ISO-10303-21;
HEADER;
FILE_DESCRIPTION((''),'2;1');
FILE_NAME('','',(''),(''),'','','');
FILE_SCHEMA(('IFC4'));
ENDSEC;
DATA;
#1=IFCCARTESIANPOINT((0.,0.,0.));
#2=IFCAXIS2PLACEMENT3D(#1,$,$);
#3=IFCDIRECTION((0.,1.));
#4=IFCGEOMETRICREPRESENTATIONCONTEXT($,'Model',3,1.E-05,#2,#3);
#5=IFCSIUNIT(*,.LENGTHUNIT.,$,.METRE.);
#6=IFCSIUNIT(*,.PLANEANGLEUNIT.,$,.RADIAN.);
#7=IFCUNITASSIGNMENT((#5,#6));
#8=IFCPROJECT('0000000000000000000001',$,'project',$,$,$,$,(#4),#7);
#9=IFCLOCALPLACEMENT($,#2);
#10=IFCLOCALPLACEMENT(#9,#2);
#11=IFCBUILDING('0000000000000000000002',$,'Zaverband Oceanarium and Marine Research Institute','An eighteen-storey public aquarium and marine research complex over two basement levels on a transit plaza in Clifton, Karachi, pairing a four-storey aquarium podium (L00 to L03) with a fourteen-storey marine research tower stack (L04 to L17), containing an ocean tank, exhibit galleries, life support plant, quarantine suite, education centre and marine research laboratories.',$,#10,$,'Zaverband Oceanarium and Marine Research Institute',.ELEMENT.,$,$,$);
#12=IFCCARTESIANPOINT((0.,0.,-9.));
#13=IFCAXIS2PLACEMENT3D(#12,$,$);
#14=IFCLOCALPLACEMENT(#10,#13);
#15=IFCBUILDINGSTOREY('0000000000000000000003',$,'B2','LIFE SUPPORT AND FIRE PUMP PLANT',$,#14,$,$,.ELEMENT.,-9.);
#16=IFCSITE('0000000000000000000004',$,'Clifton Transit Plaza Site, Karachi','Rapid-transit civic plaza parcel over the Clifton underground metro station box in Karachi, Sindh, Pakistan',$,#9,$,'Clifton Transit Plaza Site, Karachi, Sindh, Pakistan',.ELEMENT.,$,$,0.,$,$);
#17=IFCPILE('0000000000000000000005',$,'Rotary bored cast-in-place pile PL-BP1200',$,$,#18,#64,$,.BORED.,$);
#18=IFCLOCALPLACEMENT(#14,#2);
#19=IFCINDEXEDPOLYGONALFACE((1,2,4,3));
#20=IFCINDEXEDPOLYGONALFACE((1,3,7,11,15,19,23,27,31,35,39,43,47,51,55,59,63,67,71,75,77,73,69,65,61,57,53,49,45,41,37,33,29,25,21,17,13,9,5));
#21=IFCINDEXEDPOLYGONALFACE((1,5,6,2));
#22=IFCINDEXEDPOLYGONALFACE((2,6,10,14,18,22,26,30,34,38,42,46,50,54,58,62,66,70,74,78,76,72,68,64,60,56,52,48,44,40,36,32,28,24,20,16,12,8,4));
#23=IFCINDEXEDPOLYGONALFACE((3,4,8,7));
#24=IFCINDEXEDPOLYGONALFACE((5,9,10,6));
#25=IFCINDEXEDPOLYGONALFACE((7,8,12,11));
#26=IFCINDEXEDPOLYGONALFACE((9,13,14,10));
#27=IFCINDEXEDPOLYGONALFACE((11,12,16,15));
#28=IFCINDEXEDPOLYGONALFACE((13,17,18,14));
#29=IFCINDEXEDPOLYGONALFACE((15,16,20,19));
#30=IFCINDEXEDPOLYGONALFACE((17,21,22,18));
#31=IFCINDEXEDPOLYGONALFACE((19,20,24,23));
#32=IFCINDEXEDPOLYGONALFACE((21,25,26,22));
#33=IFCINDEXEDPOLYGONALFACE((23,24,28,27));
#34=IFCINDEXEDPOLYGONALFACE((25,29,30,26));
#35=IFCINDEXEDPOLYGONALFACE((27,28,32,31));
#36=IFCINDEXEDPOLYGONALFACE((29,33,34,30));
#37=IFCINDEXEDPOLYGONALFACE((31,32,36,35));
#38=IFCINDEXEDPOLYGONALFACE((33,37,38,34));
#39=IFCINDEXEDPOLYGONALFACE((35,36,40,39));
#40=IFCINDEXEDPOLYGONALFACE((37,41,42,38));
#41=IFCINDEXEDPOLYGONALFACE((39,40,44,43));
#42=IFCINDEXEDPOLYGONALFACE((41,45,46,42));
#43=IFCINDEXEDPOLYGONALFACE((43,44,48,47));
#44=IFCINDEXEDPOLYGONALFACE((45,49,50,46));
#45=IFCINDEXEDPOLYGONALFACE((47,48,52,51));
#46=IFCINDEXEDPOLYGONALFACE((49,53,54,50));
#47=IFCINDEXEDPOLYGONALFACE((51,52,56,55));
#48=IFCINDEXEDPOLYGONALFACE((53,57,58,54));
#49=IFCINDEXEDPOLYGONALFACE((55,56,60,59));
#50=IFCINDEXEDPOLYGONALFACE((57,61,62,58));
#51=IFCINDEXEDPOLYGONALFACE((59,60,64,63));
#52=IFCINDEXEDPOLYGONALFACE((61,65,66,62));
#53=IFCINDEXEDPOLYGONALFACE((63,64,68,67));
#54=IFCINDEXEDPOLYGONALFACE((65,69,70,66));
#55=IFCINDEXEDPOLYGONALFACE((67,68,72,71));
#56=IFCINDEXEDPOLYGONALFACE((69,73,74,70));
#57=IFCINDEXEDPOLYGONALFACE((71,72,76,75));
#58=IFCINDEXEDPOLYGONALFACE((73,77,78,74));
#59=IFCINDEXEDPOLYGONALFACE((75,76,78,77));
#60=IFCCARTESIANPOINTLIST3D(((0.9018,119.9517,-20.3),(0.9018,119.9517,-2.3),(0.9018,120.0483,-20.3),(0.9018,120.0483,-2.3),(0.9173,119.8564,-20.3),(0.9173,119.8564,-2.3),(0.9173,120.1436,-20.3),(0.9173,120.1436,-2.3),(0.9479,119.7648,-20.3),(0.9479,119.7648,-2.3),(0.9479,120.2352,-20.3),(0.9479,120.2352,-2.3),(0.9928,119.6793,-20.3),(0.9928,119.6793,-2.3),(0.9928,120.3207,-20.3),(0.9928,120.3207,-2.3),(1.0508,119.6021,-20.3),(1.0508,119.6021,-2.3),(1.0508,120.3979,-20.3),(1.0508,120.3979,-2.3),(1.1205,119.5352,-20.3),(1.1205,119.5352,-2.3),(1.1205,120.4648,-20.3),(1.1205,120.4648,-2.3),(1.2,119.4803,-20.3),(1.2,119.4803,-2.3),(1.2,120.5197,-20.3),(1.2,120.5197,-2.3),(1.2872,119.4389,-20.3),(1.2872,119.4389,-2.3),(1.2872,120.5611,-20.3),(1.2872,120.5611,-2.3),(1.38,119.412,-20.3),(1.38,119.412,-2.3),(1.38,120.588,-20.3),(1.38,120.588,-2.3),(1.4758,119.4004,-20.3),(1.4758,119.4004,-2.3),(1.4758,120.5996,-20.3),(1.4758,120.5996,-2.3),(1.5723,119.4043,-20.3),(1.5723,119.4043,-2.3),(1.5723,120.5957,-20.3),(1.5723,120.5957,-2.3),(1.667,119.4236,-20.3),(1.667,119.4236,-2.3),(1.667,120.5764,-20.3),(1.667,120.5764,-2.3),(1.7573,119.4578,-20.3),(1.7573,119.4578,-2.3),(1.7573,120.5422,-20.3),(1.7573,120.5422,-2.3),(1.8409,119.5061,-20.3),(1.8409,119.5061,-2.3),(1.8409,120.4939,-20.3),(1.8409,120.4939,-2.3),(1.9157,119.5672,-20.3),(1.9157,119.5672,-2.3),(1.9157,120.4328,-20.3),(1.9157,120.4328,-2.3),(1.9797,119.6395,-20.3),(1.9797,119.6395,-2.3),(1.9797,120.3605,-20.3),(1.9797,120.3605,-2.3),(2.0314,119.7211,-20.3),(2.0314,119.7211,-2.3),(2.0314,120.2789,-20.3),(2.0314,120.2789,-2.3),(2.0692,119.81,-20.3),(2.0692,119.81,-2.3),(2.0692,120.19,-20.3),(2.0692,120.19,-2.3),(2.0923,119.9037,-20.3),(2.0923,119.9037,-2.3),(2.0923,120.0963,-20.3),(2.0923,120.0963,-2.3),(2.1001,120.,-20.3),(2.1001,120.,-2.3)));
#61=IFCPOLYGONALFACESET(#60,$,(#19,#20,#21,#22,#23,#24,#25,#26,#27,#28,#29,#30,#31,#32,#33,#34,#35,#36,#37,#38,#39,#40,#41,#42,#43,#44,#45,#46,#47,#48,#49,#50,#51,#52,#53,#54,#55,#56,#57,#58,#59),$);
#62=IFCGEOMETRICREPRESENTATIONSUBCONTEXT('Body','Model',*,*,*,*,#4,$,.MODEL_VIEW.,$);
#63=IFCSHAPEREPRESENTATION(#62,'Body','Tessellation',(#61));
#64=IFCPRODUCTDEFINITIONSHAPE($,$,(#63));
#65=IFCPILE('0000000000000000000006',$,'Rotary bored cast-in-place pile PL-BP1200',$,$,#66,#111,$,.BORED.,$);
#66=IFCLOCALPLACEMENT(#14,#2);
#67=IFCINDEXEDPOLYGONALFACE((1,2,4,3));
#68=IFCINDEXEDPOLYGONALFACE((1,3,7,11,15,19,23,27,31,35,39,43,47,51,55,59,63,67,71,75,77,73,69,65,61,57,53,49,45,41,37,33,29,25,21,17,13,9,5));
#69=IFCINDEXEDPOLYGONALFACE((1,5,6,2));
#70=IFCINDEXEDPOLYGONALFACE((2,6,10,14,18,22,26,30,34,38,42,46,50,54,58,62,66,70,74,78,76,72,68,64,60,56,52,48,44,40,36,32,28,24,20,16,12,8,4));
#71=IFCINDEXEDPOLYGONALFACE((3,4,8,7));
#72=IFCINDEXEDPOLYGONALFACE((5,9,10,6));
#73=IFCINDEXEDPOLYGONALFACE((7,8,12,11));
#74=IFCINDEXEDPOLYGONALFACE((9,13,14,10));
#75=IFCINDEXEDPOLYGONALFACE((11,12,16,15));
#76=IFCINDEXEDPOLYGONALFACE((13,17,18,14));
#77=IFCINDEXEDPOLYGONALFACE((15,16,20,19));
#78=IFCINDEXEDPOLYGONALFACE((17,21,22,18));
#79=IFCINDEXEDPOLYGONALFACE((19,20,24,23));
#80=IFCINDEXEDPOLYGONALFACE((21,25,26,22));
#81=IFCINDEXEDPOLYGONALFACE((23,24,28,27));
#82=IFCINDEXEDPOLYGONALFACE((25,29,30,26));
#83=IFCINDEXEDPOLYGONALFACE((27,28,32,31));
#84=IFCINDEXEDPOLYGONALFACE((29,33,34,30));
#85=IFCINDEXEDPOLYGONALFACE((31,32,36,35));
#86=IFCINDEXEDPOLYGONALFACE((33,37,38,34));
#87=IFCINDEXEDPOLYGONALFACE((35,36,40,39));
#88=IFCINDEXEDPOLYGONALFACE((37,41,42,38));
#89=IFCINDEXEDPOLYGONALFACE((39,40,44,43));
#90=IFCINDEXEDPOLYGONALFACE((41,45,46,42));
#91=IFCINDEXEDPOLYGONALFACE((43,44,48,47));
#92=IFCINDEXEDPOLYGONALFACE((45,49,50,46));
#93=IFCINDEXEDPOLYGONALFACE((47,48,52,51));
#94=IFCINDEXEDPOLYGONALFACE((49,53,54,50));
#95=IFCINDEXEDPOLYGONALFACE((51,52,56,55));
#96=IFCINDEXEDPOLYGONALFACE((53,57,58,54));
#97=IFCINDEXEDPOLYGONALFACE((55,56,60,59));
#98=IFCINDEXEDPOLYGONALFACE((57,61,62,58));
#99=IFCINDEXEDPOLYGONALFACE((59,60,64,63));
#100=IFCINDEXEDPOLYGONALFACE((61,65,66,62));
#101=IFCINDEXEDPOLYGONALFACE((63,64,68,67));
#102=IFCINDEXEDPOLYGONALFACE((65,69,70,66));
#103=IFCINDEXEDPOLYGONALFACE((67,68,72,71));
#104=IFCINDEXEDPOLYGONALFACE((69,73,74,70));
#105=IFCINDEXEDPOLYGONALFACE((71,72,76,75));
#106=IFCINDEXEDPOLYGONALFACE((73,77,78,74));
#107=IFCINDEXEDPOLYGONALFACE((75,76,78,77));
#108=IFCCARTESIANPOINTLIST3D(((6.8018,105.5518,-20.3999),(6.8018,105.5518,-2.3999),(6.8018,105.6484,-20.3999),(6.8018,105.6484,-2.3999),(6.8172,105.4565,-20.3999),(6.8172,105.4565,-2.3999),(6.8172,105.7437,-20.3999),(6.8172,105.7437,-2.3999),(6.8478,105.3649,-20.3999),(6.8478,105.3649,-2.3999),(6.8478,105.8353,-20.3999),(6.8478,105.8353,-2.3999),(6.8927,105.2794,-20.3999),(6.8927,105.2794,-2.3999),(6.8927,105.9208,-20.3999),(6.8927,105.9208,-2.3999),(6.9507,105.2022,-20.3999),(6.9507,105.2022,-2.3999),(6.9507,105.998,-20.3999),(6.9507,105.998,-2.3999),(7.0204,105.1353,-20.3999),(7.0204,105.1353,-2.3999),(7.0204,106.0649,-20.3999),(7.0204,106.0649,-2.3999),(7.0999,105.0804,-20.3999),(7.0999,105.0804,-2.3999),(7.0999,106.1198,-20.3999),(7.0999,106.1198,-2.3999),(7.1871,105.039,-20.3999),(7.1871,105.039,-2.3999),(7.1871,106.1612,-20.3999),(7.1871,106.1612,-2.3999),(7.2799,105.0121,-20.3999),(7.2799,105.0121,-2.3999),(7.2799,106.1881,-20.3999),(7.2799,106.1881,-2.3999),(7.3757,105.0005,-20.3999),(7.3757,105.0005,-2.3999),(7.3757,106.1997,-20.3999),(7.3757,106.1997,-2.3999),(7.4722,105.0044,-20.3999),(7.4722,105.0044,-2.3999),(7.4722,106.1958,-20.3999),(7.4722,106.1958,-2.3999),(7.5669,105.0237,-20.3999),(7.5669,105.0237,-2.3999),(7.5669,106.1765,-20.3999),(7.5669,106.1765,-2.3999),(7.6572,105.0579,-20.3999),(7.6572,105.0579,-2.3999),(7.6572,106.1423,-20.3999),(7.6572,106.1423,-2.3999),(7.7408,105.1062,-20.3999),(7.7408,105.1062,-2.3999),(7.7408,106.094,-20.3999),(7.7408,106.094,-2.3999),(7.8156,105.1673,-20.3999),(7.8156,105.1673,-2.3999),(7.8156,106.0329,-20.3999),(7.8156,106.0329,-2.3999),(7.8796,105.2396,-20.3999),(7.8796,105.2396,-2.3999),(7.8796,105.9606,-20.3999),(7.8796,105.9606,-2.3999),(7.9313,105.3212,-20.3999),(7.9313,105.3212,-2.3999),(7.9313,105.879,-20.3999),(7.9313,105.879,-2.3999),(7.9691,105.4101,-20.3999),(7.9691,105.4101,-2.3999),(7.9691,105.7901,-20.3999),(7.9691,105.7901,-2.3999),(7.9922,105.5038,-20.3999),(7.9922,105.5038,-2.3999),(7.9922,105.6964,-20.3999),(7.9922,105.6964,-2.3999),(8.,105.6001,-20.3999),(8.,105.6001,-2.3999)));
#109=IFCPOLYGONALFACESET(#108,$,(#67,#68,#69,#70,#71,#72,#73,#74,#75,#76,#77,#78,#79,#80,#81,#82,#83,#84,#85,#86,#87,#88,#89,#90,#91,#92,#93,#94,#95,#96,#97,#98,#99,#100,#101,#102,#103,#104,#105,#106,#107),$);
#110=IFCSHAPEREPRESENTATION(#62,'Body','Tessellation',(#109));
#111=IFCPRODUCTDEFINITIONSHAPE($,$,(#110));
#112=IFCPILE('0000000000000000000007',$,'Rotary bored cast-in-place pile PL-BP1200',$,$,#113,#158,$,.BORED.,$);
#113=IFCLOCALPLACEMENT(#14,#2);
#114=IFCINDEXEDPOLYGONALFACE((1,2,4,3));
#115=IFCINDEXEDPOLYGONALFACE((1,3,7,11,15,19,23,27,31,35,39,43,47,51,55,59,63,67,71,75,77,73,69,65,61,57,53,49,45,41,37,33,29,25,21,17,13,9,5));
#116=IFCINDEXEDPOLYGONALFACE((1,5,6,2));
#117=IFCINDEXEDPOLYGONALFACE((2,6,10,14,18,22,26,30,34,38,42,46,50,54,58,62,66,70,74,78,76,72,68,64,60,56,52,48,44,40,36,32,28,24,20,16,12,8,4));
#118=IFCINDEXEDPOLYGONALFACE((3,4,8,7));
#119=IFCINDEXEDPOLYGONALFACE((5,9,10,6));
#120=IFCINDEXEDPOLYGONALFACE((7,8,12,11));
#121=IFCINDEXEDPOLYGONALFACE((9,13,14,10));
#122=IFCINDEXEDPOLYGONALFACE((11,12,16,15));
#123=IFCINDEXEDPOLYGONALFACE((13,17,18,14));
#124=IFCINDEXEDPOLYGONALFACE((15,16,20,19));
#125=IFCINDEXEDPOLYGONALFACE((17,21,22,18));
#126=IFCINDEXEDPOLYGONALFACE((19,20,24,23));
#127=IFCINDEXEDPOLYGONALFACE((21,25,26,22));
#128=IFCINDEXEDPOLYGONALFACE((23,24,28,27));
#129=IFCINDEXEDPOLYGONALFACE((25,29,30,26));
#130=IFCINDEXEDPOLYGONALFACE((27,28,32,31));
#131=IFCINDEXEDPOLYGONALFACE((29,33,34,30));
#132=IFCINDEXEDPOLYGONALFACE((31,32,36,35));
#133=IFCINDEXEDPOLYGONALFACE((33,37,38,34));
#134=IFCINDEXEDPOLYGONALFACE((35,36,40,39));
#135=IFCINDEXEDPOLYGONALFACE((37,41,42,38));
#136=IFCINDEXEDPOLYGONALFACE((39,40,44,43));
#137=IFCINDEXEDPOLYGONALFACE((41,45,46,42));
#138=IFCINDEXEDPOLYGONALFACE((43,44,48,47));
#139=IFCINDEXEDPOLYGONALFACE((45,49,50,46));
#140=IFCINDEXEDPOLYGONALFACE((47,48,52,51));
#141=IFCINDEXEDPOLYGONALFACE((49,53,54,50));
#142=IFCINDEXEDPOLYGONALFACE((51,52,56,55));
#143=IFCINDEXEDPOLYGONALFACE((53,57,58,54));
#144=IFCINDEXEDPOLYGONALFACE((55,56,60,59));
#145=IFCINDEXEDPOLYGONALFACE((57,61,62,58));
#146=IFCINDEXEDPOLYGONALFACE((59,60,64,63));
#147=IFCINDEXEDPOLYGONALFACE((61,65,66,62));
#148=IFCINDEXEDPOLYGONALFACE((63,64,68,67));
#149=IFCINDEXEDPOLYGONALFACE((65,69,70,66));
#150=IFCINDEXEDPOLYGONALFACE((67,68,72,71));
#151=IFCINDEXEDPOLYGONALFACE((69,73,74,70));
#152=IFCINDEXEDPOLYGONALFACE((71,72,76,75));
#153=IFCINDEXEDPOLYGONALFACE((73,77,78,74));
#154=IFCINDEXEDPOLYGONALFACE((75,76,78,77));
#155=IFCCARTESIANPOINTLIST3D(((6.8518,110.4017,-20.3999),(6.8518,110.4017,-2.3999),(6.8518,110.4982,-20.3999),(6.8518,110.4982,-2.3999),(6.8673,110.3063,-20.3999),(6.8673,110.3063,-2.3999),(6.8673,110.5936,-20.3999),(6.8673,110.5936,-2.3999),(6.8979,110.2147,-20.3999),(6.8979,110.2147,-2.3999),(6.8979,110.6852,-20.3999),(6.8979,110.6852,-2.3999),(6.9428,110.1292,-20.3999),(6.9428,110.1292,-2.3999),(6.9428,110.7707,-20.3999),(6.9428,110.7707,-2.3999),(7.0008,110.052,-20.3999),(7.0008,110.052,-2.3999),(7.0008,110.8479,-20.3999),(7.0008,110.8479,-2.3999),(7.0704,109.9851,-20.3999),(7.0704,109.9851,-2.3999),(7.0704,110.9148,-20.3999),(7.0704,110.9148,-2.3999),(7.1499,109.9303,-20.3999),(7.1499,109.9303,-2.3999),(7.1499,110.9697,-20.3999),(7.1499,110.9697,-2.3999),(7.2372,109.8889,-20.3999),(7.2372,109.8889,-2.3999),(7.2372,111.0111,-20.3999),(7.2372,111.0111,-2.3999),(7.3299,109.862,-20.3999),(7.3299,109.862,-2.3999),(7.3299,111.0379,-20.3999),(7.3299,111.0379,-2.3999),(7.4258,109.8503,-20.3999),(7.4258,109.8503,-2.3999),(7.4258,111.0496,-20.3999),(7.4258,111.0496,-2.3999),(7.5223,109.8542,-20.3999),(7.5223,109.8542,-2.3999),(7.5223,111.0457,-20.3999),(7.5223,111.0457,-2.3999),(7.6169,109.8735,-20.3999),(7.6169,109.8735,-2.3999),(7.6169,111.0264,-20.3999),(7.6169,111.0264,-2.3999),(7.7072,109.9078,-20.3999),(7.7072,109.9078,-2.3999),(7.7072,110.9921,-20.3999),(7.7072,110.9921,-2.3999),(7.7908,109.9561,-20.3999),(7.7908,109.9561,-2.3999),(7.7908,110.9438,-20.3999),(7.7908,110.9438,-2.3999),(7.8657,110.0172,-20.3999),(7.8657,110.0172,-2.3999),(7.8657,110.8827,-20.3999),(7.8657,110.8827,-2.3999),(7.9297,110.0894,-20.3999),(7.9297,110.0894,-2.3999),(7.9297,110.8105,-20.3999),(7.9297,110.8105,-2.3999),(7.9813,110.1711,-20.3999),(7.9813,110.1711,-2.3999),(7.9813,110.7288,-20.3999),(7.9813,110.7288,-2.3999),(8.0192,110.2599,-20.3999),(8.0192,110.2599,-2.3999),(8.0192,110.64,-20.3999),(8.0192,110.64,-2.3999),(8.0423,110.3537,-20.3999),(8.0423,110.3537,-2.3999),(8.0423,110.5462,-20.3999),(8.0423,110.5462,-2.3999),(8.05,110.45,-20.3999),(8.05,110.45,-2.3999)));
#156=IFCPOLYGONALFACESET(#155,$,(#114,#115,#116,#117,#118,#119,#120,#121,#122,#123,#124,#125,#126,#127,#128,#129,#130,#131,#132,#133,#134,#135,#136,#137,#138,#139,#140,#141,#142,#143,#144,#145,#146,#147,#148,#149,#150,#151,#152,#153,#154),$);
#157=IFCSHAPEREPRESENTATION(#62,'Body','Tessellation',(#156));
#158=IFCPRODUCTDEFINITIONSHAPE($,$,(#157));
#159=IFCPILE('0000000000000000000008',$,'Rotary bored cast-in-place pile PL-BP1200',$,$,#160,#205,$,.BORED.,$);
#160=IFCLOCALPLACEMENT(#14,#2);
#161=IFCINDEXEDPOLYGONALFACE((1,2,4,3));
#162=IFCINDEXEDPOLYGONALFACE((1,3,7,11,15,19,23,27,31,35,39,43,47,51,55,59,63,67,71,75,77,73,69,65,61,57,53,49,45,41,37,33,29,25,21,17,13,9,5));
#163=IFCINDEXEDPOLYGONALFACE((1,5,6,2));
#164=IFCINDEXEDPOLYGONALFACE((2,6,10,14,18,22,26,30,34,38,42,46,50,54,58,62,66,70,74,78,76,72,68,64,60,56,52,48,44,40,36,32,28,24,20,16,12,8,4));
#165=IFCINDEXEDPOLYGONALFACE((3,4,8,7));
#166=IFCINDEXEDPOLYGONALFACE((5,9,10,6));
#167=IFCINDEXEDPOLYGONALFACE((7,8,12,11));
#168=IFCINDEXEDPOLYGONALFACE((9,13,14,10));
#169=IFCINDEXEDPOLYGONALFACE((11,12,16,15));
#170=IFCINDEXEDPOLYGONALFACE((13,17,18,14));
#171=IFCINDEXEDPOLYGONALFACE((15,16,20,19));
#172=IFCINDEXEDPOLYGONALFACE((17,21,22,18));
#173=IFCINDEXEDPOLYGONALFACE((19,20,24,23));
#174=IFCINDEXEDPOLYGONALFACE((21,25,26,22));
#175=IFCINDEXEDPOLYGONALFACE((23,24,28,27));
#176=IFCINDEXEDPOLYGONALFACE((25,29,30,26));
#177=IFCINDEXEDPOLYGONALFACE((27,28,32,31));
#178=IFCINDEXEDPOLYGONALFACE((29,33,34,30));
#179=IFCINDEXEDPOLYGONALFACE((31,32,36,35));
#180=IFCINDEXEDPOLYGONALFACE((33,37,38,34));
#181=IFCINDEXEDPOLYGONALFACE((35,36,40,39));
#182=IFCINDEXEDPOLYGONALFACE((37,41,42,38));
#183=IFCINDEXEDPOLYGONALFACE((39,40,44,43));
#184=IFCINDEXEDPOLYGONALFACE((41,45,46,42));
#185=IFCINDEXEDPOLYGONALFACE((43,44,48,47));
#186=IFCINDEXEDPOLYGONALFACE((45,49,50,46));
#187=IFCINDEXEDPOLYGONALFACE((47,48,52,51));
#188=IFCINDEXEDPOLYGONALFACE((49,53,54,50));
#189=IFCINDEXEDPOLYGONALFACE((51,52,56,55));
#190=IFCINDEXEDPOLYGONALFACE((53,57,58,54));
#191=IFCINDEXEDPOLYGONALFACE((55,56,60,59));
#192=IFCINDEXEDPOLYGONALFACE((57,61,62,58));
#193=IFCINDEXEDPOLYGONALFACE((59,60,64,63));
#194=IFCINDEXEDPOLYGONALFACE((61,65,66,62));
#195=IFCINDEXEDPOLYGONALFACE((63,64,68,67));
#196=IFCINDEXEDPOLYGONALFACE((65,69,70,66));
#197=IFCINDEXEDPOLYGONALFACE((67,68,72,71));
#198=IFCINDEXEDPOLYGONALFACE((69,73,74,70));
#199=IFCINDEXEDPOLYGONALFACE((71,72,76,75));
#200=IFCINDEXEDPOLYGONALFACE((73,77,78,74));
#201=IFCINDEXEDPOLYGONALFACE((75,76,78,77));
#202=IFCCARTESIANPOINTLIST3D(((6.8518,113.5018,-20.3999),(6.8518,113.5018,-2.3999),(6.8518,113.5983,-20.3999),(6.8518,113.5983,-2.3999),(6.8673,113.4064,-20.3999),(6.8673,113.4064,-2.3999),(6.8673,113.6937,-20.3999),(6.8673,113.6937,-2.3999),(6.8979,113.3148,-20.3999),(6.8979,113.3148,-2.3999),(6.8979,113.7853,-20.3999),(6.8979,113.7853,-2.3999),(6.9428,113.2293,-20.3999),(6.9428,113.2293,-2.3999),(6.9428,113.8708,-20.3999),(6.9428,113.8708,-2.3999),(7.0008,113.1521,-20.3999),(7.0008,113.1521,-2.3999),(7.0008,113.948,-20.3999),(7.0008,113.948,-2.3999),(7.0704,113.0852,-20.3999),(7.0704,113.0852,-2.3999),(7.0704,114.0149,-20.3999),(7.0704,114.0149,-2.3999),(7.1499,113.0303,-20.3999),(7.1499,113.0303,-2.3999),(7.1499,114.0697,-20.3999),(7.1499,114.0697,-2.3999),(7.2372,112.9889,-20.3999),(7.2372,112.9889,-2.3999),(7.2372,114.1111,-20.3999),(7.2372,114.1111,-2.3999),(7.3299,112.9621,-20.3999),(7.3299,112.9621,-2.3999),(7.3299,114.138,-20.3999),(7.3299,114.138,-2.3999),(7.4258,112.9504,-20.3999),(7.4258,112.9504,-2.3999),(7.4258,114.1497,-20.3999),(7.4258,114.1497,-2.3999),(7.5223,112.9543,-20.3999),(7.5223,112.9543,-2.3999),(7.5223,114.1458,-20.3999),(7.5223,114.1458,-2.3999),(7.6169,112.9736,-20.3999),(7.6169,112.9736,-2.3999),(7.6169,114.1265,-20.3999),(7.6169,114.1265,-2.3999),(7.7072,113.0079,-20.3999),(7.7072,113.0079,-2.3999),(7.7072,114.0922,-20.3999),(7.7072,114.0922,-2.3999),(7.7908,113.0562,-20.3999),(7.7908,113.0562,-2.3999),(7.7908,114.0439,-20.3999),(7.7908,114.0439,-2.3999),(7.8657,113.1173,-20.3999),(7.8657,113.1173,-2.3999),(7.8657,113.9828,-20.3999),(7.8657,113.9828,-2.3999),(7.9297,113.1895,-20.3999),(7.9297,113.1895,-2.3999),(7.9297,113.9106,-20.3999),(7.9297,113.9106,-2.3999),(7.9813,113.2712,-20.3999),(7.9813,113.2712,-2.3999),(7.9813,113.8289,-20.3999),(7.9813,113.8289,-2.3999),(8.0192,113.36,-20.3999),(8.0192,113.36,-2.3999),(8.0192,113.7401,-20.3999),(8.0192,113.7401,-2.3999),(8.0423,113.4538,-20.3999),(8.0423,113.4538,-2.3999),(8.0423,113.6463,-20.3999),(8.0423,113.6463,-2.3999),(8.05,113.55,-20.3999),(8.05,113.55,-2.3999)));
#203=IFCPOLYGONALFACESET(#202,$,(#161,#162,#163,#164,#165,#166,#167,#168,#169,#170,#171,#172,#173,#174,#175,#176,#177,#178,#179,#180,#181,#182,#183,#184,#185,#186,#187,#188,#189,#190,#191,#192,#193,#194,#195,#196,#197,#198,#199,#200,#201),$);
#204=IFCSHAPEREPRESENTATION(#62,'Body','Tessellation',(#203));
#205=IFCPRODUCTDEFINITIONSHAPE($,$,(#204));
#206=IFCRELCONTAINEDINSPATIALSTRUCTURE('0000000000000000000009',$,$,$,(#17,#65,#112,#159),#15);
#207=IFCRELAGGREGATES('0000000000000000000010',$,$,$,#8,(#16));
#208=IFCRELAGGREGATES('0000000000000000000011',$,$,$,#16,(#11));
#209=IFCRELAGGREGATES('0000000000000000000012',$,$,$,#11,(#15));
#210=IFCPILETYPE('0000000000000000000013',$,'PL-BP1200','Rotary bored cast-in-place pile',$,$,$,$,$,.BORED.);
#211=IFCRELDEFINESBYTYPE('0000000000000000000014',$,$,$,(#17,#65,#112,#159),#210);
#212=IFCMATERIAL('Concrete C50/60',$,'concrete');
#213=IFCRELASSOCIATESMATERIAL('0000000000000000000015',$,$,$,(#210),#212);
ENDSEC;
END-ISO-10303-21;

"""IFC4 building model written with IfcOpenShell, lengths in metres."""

from ifc_helpers import new_model, si_unit, direction, frame, origin, origin_2d, place, context, subcontext, project, spatial, circle, extrude, material, material_profile, profile_set, type_object, element, save


model = new_model("IFC4")

# Units and contexts
model_context = context("Model", 3, precision=1e-05, world=origin(), true_north=direction((0.0, 1.0)))
body_context = subcontext(model_context, "Body", "Model", "MODEL_VIEW")
ifc_project = project(units=[si_unit("LENGTHUNIT", "METRE"), si_unit("PLANEANGLEUNIT", "RADIAN")], contexts=[model_context])

# Site, building, storey
site_placement = place(None, origin())
site = spatial("IfcSite", under=ifc_project, at=site_placement, Name="Clifton Transit Plaza Site, Karachi", Description="Rapid-transit civic plaza parcel over the Clifton underground metro station box in Karachi, Sindh, Pakistan", LongName="Clifton Transit Plaza Site, Karachi, Sindh, Pakistan", CompositionType="ELEMENT", RefElevation=0.0)
building_placement = place(site_placement, origin())
building = spatial("IfcBuilding", under=site, at=building_placement, Name="Zaverband Oceanarium and Marine Research Institute", Description="An eighteen-storey public aquarium and marine research complex over two basement levels on a transit plaza in Clifton, Karachi, pairing a four-storey aquarium podium (L00 to L03) with a fourteen-storey marine research tower stack (L04 to L17), containing an ocean tank, exhibit galleries, life support plant, quarantine suite, education centre and marine research laboratories.", LongName="Zaverband Oceanarium and Marine Research Institute", CompositionType="ELEMENT")
storey_placement = place(building_placement, frame((0.0, 0.0, -9.0)))
storey = spatial("IfcBuildingStorey", under=building, at=storey_placement, Name="B2", Description="LIFE SUPPORT AND FIRE PUMP PLANT", CompositionType="ELEMENT", Elevation=-9.0)

# Shared definitions
ifc_material_1 = material(Name="Concrete C50/60", Category="concrete")

# Piles
ifc_material_profile_1 = material_profile(ifc_material_1, circle(Radius=0.6001, at=origin_2d()), Name="BP1200")
ifc_profile_set_1 = profile_set([ifc_material_profile_1], Name="Concrete C50/60")
pile_type = type_object("IfcPileType", Name="PL-BP1200", Description="Rotary bored cast-in-place pile", PredefinedType="BORED", material=ifc_profile_set_1)
for number, where, z_axis, x_axis, name in (
    (1, (1.5, 120.0, -2.3), (0.0, 0.0, -1.0), (1.0, 0.0, 0.0), "Rotary bored cast-in-place pile PL-BP1200"),
    (2, (7.3999, 105.6001, -2.3999), (0.0, 0.0, -1.0), (1.0, 0.0, 0.0), "Rotary bored cast-in-place pile PL-BP1200"),
    (3, (7.45, 110.45, -2.3999), (0.0, 0.0, -1.0), (1.0, 0.0, 0.0), "Rotary bored cast-in-place pile PL-BP1200"),
    (4, (7.45, 113.55, -2.3999), (0.0, 0.0, -1.0), (1.0, 0.0, 0.0), "Rotary bored cast-in-place pile PL-BP1200"),
):
    element("IfcPile", number, at=place(storey_placement, frame(where, z_axis=z_axis, x_axis=x_axis)), inside=storey, type_object=pile_type, Name=name, PredefinedType="BORED", context=body_context, shape_type="SweptSolid", body=[
        extrude(circle(Radius=0.6001, at=origin_2d()), origin(), (0.0, 0.0, 1.0), 18.0),
    ])

save(model, "model.ifc")
